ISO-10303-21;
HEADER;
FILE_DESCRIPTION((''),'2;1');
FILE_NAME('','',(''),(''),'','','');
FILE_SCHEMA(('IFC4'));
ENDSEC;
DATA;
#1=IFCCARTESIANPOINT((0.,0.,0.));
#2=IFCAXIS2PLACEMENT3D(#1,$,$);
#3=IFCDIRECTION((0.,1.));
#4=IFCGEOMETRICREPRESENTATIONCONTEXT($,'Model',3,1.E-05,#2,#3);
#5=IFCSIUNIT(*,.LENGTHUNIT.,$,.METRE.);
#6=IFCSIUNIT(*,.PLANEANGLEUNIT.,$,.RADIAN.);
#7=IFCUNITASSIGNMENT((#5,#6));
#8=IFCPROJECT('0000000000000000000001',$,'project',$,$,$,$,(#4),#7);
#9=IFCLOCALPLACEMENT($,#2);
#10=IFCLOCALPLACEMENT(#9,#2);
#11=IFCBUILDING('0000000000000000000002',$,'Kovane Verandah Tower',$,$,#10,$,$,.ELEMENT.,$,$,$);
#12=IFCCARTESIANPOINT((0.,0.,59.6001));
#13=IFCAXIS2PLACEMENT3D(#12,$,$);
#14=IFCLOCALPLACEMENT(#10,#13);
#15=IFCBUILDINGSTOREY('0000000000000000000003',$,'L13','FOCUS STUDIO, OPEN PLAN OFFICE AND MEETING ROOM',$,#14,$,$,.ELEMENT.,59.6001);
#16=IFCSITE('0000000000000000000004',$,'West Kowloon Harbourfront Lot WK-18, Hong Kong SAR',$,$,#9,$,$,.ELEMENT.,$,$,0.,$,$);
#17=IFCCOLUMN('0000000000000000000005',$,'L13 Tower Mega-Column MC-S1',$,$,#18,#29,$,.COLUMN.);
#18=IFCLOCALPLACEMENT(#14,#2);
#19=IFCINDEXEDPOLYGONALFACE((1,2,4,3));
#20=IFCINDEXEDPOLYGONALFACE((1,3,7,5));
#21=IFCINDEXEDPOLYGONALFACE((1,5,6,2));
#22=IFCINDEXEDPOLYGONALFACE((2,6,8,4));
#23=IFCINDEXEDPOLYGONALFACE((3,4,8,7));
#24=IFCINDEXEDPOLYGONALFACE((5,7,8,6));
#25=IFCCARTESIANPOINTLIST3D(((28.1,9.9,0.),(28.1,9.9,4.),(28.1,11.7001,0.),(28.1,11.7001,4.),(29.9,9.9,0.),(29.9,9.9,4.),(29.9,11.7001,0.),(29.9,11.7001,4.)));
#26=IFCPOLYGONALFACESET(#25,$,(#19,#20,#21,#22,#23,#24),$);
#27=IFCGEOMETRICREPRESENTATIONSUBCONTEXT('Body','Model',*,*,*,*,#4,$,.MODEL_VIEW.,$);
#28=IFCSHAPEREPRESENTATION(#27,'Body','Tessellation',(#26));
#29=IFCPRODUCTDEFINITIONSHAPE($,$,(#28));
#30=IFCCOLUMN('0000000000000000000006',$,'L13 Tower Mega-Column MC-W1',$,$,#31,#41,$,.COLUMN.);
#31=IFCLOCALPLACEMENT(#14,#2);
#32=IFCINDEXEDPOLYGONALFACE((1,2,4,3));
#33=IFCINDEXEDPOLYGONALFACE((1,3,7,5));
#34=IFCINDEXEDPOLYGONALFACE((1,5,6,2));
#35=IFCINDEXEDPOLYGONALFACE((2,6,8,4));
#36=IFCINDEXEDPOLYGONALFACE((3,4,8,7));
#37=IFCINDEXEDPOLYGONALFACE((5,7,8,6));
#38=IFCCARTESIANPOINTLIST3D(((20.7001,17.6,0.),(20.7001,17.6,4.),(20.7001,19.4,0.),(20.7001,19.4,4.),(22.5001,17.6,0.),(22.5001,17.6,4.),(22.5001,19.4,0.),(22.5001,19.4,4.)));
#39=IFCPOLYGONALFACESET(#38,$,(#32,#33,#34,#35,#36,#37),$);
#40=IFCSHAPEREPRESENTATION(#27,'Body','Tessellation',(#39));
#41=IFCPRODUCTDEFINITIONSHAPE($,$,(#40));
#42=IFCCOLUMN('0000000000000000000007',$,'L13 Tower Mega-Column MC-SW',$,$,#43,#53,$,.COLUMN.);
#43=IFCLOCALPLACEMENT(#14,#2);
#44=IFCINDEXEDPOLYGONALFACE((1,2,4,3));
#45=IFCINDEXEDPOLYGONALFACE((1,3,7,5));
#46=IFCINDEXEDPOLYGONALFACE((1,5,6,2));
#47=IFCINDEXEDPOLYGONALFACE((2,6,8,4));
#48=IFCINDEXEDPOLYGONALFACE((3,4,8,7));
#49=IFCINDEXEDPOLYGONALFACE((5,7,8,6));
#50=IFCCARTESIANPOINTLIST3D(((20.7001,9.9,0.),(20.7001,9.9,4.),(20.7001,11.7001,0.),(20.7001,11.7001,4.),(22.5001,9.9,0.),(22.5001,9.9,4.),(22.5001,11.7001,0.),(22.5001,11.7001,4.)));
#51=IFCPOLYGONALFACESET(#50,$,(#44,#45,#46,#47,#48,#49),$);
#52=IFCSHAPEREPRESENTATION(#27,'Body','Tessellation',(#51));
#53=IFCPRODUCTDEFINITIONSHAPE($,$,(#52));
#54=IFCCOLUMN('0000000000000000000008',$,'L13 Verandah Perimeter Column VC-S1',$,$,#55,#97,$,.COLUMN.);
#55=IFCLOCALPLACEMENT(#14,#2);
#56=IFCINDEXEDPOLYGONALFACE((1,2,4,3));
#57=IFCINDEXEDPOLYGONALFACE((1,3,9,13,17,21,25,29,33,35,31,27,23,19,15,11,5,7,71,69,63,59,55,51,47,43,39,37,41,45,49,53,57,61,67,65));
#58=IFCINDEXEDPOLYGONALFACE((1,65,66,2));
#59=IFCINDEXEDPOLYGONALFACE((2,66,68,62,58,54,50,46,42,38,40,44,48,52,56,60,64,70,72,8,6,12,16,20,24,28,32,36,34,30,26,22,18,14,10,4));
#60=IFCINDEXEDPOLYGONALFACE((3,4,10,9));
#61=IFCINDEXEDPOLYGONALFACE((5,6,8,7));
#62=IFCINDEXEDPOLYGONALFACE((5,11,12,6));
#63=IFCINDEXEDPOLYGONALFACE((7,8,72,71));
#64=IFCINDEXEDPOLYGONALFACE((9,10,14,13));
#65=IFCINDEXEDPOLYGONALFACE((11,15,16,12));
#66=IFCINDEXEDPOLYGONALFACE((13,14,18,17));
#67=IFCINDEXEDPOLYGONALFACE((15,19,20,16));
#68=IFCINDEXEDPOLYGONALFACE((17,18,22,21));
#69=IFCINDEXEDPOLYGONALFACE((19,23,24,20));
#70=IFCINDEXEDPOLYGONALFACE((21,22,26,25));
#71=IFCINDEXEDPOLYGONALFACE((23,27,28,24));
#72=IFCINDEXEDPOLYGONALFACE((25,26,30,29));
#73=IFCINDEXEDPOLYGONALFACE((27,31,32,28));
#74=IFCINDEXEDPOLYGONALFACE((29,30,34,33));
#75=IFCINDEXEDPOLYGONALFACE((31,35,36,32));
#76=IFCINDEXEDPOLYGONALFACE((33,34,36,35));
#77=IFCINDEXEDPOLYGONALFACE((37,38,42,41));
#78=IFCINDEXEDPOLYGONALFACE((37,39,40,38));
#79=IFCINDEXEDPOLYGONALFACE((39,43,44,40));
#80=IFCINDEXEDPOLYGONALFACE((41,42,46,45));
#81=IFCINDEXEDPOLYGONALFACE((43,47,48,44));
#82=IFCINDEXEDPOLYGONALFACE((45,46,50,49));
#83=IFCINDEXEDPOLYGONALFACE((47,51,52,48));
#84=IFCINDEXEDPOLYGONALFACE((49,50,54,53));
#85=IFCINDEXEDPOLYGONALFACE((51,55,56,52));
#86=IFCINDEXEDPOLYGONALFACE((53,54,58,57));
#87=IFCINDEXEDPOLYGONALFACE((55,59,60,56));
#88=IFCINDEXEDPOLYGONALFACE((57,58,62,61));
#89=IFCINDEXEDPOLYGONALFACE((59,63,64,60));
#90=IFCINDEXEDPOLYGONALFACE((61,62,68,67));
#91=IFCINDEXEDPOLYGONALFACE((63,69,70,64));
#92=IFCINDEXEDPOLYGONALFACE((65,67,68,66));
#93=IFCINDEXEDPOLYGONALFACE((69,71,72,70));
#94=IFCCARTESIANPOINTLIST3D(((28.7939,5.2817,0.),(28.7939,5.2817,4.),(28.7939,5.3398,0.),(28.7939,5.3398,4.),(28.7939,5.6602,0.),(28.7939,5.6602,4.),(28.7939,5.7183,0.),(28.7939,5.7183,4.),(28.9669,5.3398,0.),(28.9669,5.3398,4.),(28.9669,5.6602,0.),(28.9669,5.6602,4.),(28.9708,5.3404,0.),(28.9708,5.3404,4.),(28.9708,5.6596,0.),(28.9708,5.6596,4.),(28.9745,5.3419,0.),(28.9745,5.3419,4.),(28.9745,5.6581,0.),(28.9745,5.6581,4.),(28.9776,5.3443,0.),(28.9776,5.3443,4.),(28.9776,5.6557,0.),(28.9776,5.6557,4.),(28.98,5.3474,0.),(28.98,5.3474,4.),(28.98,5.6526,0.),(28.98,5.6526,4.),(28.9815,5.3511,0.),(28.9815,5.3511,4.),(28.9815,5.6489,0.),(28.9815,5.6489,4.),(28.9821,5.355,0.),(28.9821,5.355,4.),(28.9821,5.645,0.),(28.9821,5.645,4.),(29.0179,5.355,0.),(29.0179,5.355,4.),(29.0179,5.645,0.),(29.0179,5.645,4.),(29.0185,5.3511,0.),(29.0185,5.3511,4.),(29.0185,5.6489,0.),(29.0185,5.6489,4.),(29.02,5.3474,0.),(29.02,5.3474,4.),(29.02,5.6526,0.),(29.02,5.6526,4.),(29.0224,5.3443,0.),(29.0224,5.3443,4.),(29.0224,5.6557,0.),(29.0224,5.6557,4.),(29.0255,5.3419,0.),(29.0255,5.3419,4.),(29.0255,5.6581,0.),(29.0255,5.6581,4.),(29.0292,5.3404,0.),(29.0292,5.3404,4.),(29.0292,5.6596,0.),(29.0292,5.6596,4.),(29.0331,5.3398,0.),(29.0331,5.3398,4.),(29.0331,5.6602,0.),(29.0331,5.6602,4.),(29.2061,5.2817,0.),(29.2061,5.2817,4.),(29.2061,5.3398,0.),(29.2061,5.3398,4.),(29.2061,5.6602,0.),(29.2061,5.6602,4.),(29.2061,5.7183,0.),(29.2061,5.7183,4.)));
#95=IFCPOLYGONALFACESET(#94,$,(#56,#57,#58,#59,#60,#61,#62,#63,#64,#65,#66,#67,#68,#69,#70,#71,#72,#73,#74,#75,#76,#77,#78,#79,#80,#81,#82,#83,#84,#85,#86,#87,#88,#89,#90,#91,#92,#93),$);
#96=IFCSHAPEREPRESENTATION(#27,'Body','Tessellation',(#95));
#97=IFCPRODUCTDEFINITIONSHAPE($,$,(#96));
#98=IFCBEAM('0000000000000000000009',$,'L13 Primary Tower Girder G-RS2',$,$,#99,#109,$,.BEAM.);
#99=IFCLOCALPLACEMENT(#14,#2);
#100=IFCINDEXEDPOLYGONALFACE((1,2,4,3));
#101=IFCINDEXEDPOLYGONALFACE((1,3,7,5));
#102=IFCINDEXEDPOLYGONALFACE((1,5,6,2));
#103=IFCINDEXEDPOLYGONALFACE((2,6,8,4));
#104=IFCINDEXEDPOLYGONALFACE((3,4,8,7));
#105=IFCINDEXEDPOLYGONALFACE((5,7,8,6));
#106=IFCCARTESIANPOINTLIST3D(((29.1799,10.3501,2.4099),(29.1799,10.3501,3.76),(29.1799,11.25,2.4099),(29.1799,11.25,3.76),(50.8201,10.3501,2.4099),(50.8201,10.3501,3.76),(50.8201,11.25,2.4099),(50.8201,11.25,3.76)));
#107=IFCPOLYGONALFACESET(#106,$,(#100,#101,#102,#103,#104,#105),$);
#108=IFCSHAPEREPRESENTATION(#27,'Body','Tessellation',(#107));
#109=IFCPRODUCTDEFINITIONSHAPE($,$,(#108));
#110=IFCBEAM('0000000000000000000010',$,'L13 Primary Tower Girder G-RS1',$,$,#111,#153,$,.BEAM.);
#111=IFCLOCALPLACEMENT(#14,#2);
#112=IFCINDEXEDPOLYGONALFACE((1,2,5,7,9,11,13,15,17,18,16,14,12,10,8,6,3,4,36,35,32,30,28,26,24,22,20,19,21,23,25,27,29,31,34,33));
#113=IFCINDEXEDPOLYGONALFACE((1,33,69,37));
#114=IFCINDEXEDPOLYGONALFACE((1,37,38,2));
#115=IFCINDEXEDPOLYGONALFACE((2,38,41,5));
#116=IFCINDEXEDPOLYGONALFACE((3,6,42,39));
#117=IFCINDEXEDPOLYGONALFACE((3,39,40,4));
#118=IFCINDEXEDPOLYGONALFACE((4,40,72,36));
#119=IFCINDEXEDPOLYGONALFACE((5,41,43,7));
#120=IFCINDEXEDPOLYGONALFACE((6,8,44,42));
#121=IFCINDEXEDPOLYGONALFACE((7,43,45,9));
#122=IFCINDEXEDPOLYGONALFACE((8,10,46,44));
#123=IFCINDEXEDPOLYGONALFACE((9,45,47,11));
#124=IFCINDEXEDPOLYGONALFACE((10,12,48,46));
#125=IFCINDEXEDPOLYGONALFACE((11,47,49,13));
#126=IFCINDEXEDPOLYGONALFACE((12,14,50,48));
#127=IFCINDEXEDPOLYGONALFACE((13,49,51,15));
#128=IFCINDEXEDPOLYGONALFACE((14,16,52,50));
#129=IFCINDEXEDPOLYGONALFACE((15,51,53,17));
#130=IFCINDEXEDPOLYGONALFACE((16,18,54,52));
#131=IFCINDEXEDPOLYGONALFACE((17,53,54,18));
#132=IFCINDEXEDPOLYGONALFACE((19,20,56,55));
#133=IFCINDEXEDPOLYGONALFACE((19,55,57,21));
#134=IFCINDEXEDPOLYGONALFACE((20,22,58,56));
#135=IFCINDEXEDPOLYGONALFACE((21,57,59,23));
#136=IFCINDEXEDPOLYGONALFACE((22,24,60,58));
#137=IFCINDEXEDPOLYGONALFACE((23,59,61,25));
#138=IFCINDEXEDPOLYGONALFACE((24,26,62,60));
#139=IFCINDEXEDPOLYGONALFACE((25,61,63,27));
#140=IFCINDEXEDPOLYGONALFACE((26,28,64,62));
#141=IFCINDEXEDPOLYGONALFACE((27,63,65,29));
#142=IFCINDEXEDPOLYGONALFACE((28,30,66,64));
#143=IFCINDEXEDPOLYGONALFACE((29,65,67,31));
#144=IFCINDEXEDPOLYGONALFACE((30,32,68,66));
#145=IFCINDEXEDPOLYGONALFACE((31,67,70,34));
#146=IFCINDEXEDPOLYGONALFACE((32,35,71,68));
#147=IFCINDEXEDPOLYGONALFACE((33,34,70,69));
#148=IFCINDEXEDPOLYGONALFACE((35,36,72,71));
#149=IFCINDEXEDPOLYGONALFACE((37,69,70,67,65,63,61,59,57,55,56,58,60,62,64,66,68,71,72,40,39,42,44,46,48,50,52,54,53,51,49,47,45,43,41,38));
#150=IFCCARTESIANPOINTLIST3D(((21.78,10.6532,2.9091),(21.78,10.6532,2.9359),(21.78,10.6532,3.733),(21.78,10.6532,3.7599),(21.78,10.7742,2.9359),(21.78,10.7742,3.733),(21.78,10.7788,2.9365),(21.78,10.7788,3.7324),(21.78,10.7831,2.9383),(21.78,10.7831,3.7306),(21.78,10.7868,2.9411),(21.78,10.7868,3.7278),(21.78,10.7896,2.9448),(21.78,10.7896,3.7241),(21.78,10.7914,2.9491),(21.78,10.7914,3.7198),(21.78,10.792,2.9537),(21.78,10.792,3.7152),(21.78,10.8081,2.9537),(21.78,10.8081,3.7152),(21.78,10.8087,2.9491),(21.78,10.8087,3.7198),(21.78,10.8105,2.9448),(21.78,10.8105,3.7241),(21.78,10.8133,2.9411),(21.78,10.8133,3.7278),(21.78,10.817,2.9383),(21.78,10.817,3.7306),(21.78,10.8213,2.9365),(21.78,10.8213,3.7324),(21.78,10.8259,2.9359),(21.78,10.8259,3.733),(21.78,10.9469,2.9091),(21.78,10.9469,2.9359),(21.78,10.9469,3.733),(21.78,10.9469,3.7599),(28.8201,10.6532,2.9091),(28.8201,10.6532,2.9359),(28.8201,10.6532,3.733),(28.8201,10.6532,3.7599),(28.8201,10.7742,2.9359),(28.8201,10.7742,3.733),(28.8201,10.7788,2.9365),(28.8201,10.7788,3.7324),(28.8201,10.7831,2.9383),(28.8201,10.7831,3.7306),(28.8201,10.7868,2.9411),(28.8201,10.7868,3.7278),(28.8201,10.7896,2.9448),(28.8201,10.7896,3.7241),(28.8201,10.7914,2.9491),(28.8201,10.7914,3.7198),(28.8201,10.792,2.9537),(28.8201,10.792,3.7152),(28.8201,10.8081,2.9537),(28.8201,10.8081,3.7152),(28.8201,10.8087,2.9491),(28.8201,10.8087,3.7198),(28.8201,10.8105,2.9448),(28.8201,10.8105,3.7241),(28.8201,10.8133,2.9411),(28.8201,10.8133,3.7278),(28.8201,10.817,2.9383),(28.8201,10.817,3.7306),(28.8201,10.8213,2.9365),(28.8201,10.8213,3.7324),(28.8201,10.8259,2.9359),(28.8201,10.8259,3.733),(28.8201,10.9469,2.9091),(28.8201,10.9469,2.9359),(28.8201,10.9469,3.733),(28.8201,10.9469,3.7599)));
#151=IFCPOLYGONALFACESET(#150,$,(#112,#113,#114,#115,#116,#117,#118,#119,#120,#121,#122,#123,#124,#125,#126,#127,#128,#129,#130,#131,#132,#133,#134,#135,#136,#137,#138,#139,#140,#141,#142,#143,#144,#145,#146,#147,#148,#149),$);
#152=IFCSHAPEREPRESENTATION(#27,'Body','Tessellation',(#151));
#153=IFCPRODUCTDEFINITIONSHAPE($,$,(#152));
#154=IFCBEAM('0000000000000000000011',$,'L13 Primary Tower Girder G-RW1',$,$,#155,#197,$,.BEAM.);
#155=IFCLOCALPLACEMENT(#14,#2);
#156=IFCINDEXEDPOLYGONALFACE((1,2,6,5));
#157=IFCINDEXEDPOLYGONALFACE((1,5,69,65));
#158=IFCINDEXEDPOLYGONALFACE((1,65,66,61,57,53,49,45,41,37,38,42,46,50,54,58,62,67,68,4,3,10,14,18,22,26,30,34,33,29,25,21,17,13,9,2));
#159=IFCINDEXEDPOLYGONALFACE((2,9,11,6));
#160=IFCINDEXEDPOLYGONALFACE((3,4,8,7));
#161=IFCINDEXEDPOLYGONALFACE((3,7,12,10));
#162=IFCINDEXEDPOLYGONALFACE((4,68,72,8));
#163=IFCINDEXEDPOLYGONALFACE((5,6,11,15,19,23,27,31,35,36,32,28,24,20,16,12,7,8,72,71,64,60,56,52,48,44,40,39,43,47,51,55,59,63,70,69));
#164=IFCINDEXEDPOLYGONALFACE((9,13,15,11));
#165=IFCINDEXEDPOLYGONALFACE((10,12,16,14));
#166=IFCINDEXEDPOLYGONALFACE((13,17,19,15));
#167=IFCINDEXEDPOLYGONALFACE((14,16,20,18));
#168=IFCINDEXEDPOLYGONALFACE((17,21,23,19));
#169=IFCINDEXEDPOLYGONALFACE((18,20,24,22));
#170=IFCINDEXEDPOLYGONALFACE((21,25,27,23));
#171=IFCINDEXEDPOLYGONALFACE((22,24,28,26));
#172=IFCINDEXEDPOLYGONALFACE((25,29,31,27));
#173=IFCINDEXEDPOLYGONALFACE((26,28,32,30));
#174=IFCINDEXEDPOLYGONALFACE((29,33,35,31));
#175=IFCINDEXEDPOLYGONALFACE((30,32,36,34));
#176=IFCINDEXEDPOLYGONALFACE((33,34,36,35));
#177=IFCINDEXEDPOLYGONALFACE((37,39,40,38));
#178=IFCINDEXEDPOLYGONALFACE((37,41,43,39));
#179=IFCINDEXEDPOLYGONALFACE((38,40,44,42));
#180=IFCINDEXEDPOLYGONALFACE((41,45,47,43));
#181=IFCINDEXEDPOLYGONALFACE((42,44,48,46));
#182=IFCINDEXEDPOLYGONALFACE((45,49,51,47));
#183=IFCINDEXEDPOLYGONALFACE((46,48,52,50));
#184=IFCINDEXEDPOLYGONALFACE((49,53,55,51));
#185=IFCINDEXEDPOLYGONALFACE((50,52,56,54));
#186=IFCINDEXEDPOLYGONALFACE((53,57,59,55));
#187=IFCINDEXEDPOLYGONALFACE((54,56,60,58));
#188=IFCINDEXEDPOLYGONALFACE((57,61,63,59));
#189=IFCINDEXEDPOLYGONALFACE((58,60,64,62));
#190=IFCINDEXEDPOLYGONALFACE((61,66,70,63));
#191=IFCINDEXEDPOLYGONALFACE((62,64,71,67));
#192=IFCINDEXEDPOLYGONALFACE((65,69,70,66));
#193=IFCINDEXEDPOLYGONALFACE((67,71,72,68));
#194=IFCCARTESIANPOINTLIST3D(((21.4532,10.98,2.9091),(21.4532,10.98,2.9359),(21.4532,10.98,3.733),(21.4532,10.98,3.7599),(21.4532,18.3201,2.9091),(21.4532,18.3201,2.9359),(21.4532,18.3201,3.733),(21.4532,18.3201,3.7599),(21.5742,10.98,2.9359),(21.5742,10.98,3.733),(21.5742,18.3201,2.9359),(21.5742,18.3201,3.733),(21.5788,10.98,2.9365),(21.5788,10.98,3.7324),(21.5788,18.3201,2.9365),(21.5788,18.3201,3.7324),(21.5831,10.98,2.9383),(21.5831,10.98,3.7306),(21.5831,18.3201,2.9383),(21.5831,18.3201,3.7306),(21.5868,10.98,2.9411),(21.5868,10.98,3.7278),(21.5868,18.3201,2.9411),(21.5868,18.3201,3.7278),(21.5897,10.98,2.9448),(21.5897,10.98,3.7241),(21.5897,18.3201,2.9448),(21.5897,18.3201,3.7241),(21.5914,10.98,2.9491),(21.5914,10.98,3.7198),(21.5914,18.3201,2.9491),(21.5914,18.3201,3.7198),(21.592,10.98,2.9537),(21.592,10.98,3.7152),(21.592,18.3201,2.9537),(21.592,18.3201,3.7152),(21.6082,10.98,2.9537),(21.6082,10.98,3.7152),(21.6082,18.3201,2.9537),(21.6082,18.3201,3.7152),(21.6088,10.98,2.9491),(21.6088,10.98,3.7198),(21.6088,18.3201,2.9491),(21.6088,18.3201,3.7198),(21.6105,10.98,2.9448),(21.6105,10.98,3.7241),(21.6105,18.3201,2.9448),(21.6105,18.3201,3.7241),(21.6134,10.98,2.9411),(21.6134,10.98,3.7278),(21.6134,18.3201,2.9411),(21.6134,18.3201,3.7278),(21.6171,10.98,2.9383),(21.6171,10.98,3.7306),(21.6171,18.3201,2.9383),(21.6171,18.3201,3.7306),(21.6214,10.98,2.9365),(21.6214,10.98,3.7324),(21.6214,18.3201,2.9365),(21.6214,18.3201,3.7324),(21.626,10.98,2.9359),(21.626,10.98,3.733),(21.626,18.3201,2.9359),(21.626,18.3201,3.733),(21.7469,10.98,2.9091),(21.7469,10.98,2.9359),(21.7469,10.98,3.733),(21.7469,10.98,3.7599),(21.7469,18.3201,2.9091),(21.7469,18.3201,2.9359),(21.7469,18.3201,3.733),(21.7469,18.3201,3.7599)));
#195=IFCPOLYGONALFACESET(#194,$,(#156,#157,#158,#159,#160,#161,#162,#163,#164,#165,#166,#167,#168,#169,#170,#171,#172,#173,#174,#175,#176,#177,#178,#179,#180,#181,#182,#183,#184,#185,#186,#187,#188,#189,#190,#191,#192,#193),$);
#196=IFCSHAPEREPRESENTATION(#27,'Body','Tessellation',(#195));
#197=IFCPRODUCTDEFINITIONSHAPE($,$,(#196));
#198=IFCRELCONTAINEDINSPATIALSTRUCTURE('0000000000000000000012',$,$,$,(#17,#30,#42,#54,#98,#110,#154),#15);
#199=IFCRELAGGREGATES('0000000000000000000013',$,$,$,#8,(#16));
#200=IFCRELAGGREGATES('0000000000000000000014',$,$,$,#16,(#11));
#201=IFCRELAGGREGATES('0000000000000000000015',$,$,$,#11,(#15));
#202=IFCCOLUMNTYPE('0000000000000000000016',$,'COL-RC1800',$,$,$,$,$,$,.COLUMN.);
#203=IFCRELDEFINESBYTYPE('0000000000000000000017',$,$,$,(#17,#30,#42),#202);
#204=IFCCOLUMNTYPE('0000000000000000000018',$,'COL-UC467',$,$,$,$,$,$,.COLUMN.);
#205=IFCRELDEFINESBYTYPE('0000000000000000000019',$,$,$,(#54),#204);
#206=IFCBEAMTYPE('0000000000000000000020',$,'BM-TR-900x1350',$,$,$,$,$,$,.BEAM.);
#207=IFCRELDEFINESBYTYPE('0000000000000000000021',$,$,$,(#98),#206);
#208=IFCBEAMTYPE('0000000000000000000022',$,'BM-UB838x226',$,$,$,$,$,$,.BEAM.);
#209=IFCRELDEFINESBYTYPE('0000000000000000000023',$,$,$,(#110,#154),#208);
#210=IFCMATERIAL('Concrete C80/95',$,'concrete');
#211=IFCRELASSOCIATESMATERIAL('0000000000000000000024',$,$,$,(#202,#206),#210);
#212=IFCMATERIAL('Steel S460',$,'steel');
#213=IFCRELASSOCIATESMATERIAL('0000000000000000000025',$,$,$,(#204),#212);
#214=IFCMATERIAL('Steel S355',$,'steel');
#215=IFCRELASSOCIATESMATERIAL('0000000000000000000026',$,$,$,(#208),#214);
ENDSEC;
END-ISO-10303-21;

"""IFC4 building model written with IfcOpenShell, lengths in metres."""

from ifc_helpers import new_model, si_unit, direction, frame, origin, origin_2d, place, context, subcontext, project, spatial, rectangle, i_section, extrude, material, material_profile, profile_set, type_object, element, save


model = new_model("IFC4")

# Units and contexts
model_context = context("Model", 3, precision=1e-05, world=origin(), true_north=direction((0.0, 1.0)))
body_context = subcontext(model_context, "Body", "Model", "MODEL_VIEW")
ifc_project = project(units=[si_unit("LENGTHUNIT", "METRE"), si_unit("PLANEANGLEUNIT", "RADIAN")], contexts=[model_context])

# Site, building, storey
site_placement = place(None, origin())
site = spatial("IfcSite", under=ifc_project, at=site_placement, Name="West Kowloon Harbourfront Lot WK-18, Hong Kong SAR", CompositionType="ELEMENT", RefElevation=0.0)
building_placement = place(site_placement, origin())
building = spatial("IfcBuilding", under=site, at=building_placement, Name="Kovane Verandah Tower", CompositionType="ELEMENT")
storey_placement = place(building_placement, frame((0.0, 0.0, 59.6001)))
storey = spatial("IfcBuildingStorey", under=building, at=storey_placement, Name="L13", Description="FOCUS STUDIO, OPEN PLAN OFFICE AND MEETING ROOM", CompositionType="ELEMENT", Elevation=59.6001)

# Columns
ifc_material_1 = material(Name="Concrete C80/95", Category="concrete")
ifc_material_profile_1 = material_profile(ifc_material_1, rectangle(XDim=1.8, YDim=1.8, at=origin_2d()), Name="RC1800x1800")
ifc_profile_set_1 = profile_set([ifc_material_profile_1], Name="Concrete C80/95")
column_type_1 = type_object("IfcColumnType", Name="COL-RC1800", PredefinedType="COLUMN", material=ifc_profile_set_1)
for number, where, z_axis, x_axis, name in (
    (1, (29.0, 10.8, 0.0), (0.0, 0.0, 1.0), (1.0, 0.0, 0.0), "L13 Tower Mega-Column MC-S1"),
    (2, (21.6001, 18.5, 0.0), (0.0, 0.0, 1.0), (1.0, 0.0, 0.0), "L13 Tower Mega-Column MC-W1"),
    (3, (21.6001, 10.8, 0.0), (0.0, 0.0, 1.0), (1.0, 0.0, 0.0), "L13 Tower Mega-Column MC-SW"),
):
    element("IfcColumn", number, at=place(storey_placement, frame(where, z_axis=z_axis, x_axis=x_axis)), inside=storey, type_object=column_type_1, Name=name, PredefinedType="COLUMN", context=body_context, shape_type="SweptSolid", body=[
        extrude(rectangle(XDim=1.8, YDim=1.8, at=origin_2d()), origin(), (0.0, 0.0, 1.0), 4.0),
    ])
ifc_material_2 = material(Name="Steel S460", Category="steel")
ifc_material_profile_2 = material_profile(ifc_material_2, i_section(OverallWidth=0.4121, OverallDepth=0.4365, WebThickness=0.0359, FlangeThickness=0.0581, FilletRadius=0.0151, at=origin_2d()), Name="UC356x406x467")
ifc_profile_set_2 = profile_set([ifc_material_profile_2], Name="Steel S460")
column_type_2 = type_object("IfcColumnType", Name="COL-UC467", PredefinedType="COLUMN", material=ifc_profile_set_2)
column_placement = place(storey_placement, frame((29.0, 5.5, 0.0), z_axis=(0.0, 0.0, 1.0), x_axis=(1.0, 0.0, 0.0)))
element("IfcColumn", 4, at=column_placement, inside=storey, type_object=column_type_2, Name="L13 Verandah Perimeter Column VC-S1", PredefinedType="COLUMN", context=body_context, shape_type="SweptSolid", body=[
    extrude(i_section(OverallWidth=0.4121, OverallDepth=0.4365, WebThickness=0.0359, FlangeThickness=0.0581, FilletRadius=0.0151, at=origin_2d()), origin(), (0.0, 0.0, 1.0), 4.0),
])

# Beams
ifc_material_profile_3 = material_profile(ifc_material_1, rectangle(XDim=0.8999, YDim=1.3501, at=origin_2d()), Name="RCB900x1350")
ifc_profile_set_3 = profile_set([ifc_material_profile_3], Name="Concrete C80/95")
beam_type_1 = type_object("IfcBeamType", Name="BM-TR-900x1350", PredefinedType="BEAM", material=ifc_profile_set_3)
beam_1_placement = place(storey_placement, frame((29.1799, 10.8, 3.085), z_axis=(1.0, 0.0, 0.0), x_axis=(0.0, 1.0, 0.0)))
element("IfcBeam", 5, at=beam_1_placement, inside=storey, type_object=beam_type_1, Name="L13 Primary Tower Girder G-RS2", PredefinedType="BEAM", context=body_context, shape_type="SweptSolid", body=[
    extrude(rectangle(XDim=0.8999, YDim=1.3501, at=origin_2d()), origin(), (0.0, 0.0, 1.0), 21.6401),
])
ifc_material_3 = material(Name="Steel S355", Category="steel")
ifc_material_profile_4 = material_profile(ifc_material_3, i_section(OverallWidth=0.2937, OverallDepth=0.8508, WebThickness=0.0161, FlangeThickness=0.0269, FilletRadius=0.0178, at=origin_2d()), Name="UB838x292x226")
ifc_profile_set_4 = profile_set([ifc_material_profile_4], Name="Steel S355")
beam_type_2 = type_object("IfcBeamType", Name="BM-UB838x226", PredefinedType="BEAM", material=ifc_profile_set_4)
beam_2_placement = place(storey_placement, frame((21.78, 10.8, 3.3345), z_axis=(1.0, 0.0, 0.0), x_axis=(0.0, 1.0, 0.0)))
element("IfcBeam", 6, at=beam_2_placement, inside=storey, type_object=beam_type_2, Name="L13 Primary Tower Girder G-RS1", PredefinedType="BEAM", context=body_context, shape_type="SweptSolid", body=[
    extrude(i_section(OverallWidth=0.2937, OverallDepth=0.8508, WebThickness=0.0161, FlangeThickness=0.0269, FilletRadius=0.0178, at=origin_2d()), origin(), (0.0, 0.0, 1.0), 7.04),
])
beam_3_placement = place(storey_placement, frame((21.6001, 10.98, 3.3345), z_axis=(0.0, 1.0, 0.0), x_axis=(-1.0, 0.0, 0.0)))
element("IfcBeam", 7, at=beam_3_placement, inside=storey, type_object=beam_type_2, Name="L13 Primary Tower Girder G-RW1", PredefinedType="BEAM", context=body_context, shape_type="SweptSolid", body=[
    extrude(i_section(OverallWidth=0.2937, OverallDepth=0.8508, WebThickness=0.0161, FlangeThickness=0.0269, FilletRadius=0.0178, at=origin_2d()), origin(), (0.0, 0.0, 1.0), 7.3401),
])

save(model, "model.ifc")
